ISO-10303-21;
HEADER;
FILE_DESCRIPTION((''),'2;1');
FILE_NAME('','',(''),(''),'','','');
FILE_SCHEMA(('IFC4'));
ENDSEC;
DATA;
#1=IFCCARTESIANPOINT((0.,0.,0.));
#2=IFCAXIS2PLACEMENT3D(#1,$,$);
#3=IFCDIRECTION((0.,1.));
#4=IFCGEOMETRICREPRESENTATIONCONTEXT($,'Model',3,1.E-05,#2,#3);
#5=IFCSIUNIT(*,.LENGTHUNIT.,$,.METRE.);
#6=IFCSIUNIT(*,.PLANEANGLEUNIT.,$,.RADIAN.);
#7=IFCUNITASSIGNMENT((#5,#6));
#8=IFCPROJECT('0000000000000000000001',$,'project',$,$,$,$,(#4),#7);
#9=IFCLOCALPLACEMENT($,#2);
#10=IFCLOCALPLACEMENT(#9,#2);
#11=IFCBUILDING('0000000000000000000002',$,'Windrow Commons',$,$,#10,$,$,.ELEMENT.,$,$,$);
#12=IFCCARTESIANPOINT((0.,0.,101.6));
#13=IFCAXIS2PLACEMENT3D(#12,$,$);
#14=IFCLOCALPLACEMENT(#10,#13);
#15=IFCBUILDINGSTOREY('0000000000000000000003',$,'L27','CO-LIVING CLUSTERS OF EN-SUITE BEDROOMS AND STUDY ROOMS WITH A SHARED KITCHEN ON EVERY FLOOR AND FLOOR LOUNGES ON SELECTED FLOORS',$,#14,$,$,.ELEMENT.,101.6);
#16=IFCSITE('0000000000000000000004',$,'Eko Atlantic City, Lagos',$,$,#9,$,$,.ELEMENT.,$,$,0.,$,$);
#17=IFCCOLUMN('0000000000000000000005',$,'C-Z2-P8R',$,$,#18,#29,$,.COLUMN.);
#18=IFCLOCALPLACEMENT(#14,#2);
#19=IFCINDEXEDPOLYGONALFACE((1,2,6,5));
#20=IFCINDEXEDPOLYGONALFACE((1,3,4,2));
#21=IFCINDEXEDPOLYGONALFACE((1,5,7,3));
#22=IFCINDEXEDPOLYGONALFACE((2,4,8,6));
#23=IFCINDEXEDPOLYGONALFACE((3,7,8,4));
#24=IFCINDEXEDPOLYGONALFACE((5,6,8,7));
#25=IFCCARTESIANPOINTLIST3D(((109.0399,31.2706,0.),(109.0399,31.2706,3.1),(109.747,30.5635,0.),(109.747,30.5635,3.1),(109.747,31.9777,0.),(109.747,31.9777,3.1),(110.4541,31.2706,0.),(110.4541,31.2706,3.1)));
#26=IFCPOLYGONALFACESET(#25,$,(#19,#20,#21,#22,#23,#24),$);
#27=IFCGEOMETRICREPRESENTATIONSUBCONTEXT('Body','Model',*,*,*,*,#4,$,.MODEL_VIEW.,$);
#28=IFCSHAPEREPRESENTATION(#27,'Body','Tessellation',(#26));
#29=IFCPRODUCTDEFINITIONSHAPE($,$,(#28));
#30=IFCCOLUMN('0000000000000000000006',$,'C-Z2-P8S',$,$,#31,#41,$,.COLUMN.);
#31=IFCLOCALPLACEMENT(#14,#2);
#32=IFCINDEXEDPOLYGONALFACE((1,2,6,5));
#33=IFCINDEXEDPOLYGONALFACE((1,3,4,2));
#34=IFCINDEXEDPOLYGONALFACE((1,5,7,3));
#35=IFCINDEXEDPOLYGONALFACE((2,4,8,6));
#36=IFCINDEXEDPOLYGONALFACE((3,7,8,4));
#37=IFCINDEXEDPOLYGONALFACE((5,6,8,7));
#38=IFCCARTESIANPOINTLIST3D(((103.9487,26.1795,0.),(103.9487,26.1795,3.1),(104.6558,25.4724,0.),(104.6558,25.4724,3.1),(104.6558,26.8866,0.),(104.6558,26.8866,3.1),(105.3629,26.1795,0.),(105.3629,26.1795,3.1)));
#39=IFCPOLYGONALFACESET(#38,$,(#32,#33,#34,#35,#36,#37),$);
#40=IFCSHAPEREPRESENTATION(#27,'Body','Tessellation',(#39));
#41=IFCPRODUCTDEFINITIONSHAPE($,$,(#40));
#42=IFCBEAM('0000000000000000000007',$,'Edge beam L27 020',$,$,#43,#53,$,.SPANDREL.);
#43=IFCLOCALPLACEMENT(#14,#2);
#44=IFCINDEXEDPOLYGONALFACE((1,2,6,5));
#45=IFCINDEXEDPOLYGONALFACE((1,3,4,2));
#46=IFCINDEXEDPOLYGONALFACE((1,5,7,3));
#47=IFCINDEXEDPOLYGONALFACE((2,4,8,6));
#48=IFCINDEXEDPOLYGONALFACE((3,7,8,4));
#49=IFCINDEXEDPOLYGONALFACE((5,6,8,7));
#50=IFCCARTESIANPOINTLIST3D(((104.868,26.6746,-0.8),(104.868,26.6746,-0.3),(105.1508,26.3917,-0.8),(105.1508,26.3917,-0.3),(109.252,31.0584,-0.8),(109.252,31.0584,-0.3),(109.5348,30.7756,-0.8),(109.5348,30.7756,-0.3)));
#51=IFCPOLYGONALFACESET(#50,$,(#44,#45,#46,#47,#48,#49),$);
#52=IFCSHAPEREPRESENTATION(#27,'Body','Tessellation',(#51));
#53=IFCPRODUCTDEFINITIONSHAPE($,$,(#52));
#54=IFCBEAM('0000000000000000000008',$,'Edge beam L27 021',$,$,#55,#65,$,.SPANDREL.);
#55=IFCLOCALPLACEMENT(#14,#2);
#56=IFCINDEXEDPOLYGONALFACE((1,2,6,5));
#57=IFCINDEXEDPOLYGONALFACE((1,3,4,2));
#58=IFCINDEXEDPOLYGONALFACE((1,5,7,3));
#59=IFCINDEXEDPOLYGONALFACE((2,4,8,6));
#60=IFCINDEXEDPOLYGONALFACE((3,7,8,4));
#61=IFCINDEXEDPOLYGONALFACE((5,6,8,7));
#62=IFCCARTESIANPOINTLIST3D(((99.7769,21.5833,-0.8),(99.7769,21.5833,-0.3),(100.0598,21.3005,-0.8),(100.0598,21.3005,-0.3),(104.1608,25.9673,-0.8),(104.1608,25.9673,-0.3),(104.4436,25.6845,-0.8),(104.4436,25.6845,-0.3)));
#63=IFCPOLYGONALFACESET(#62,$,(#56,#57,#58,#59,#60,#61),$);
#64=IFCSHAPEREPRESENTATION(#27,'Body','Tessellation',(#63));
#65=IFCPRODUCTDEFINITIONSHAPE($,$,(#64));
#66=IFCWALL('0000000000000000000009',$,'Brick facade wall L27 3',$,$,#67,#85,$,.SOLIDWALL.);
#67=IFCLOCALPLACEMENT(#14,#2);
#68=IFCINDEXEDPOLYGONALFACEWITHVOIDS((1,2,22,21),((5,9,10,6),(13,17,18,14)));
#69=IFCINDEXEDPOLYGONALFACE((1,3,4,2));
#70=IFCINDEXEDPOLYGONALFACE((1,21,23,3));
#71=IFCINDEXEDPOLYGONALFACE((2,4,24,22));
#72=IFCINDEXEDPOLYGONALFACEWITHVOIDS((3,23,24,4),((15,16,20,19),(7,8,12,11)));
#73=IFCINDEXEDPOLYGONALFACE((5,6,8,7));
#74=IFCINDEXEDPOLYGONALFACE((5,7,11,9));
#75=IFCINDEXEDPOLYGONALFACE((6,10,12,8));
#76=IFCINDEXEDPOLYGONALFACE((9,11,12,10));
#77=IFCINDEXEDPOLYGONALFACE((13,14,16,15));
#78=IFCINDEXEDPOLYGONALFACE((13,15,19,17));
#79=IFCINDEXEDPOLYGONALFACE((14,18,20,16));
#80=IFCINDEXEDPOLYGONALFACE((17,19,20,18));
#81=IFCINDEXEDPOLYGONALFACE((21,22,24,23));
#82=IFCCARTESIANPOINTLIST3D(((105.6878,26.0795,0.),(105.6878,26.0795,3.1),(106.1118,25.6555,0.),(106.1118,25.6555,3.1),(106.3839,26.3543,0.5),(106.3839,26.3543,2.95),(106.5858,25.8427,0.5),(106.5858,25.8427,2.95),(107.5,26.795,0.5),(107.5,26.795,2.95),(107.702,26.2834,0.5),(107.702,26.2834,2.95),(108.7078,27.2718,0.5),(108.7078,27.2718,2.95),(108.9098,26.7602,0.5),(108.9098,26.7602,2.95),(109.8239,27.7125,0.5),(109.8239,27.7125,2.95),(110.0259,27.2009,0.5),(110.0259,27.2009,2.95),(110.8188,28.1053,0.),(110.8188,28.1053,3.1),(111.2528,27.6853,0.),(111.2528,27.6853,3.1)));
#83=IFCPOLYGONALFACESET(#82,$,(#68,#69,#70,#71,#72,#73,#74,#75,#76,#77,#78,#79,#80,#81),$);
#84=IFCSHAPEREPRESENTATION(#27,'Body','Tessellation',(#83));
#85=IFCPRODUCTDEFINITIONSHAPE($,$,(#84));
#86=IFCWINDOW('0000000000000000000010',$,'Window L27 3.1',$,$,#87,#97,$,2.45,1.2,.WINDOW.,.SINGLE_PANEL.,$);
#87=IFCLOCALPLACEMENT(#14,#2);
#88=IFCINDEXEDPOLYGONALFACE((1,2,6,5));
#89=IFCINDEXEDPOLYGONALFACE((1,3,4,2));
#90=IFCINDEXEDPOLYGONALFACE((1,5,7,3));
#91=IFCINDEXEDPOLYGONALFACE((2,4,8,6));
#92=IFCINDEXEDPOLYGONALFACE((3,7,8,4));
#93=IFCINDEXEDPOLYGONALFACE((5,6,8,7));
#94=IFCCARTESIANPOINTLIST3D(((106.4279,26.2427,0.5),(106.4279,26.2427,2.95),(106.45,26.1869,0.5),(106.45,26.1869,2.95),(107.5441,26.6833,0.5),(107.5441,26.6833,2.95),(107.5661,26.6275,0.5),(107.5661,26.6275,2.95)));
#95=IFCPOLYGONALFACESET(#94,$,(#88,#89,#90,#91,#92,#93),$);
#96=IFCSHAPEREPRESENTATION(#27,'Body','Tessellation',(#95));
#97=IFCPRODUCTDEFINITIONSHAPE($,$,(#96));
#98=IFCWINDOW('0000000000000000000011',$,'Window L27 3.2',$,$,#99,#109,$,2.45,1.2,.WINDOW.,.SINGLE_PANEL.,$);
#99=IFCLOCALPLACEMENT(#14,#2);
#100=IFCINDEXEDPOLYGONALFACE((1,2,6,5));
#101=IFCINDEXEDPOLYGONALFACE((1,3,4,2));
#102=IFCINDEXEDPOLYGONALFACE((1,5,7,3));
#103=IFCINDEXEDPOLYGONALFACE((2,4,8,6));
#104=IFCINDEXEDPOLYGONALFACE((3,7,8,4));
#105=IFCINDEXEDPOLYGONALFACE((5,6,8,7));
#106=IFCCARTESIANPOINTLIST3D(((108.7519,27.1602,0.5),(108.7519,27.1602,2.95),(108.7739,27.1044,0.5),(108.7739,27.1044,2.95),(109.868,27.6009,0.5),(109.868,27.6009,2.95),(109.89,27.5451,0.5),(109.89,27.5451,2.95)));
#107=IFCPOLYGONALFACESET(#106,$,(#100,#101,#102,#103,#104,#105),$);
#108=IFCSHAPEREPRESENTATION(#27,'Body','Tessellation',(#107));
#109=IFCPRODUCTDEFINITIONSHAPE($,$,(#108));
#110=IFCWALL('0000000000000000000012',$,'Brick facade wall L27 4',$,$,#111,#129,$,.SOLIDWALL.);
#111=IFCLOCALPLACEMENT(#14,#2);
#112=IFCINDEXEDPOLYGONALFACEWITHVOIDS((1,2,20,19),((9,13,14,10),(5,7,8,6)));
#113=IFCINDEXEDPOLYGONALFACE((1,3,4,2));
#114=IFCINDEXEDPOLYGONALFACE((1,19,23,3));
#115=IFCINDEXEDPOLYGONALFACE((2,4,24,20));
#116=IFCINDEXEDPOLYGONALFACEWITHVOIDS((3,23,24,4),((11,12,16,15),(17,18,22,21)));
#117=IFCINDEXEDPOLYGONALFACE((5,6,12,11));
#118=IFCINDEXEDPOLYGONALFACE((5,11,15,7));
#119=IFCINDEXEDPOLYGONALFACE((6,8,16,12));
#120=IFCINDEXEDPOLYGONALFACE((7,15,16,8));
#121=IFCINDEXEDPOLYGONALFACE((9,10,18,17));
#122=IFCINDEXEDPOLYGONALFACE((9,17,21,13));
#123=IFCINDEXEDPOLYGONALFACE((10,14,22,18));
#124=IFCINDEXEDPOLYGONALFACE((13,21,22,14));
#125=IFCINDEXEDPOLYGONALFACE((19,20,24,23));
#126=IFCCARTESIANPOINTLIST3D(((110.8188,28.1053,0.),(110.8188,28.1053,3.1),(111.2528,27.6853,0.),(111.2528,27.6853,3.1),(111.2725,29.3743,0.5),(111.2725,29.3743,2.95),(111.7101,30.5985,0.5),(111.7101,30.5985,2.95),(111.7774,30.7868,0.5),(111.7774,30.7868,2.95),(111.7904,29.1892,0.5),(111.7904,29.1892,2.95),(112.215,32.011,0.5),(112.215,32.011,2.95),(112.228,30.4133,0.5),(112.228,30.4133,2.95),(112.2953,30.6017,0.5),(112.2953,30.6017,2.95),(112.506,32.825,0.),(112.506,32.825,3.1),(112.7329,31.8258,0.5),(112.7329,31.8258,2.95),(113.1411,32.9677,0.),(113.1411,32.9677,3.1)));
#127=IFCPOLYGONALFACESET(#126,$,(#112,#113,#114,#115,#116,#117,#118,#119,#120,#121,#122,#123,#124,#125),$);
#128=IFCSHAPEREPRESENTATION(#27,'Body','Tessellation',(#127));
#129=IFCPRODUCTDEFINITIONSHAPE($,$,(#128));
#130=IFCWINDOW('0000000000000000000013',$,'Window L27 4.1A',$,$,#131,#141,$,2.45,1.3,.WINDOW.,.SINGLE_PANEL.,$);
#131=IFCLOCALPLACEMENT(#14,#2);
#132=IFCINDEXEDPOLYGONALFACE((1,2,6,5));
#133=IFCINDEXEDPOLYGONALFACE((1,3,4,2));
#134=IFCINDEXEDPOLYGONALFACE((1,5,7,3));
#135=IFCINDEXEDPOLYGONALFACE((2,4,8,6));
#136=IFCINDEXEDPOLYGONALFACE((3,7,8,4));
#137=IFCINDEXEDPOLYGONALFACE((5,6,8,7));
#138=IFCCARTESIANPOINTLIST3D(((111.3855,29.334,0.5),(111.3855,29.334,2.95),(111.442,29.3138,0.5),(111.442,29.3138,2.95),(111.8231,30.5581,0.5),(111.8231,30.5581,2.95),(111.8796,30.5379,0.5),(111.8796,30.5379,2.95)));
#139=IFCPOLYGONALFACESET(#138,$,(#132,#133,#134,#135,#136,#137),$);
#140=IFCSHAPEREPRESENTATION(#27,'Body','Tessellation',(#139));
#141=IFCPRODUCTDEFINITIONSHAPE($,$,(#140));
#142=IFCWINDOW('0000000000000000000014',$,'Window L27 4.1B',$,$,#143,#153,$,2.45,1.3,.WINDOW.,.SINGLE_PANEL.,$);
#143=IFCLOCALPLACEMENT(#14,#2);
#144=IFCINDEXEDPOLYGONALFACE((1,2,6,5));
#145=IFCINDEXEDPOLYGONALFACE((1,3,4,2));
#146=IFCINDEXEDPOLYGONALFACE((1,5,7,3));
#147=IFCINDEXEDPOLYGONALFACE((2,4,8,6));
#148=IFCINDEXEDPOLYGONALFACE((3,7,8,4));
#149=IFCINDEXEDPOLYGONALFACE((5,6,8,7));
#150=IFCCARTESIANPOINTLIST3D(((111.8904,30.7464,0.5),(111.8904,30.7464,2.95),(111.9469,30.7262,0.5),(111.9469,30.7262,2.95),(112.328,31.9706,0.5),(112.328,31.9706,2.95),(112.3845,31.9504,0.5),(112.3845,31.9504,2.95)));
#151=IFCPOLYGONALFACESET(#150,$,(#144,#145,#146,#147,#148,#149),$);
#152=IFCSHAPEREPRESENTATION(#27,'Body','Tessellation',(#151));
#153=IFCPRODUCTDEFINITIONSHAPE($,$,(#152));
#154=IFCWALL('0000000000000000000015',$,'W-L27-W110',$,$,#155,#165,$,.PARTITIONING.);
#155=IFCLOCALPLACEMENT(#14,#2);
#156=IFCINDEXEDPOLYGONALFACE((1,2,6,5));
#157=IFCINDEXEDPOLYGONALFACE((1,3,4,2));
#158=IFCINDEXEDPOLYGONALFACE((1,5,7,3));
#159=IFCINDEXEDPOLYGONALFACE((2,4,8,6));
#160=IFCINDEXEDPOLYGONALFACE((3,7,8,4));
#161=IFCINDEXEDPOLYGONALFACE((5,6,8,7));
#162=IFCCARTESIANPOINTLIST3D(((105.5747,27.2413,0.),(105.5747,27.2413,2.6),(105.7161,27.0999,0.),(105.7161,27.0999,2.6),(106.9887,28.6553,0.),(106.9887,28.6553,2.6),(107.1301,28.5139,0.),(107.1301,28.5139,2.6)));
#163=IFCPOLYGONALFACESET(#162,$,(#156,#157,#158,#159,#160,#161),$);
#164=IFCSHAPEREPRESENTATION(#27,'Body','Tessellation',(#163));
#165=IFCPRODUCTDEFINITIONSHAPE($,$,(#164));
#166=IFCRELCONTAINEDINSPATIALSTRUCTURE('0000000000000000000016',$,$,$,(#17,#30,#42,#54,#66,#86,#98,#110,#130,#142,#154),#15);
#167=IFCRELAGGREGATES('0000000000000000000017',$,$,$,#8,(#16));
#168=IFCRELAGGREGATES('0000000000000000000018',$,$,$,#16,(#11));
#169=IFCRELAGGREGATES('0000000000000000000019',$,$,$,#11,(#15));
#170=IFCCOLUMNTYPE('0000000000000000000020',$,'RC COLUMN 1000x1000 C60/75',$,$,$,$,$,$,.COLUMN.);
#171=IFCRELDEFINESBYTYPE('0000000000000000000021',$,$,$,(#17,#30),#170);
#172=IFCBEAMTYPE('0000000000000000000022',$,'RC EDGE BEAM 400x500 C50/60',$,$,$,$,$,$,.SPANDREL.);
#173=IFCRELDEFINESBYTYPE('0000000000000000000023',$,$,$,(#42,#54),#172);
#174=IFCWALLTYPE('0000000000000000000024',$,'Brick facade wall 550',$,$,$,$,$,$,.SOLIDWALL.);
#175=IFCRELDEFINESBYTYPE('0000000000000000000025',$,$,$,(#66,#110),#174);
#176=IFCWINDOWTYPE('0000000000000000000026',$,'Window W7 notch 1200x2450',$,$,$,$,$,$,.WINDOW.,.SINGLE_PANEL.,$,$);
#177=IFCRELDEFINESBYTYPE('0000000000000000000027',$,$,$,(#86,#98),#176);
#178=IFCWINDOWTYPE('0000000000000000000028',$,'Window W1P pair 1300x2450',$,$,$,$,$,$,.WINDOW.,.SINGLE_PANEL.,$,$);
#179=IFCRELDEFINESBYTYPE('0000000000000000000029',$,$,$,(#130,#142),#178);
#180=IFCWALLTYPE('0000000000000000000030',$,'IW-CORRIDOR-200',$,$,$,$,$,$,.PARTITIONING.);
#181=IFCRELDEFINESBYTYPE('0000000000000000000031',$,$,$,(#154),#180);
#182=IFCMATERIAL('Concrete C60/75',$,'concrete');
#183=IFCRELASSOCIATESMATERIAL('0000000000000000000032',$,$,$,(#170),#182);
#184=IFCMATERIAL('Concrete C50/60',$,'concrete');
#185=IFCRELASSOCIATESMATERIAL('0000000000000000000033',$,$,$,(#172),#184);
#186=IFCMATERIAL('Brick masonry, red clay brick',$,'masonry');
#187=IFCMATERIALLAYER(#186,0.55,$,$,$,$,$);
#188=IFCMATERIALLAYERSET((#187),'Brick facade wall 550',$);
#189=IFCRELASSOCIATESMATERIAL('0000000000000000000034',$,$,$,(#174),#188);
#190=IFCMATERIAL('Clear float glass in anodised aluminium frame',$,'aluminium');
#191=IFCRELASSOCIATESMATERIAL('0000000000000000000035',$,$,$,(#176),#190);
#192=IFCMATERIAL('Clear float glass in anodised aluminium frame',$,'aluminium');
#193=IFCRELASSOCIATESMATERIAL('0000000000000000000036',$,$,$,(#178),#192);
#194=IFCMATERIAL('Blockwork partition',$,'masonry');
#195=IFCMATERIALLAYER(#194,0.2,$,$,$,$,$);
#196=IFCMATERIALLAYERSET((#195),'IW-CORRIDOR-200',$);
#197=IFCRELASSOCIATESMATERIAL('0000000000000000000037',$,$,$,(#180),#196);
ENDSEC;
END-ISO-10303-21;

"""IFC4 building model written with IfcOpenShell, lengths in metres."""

from ifc_helpers import new_model, si_unit, direction, frame, frame_2d, origin, origin_2d, place, context, subcontext, project, spatial, polyline, rectangle, outline, extrude, material, layer, layer_set, material_profile, profile_set, type_object, element, fill, save


model = new_model("IFC4")

# Units and contexts
model_context = context("Model", 3, precision=1e-05, world=origin(), true_north=direction((0.0, 1.0)))
body_context = subcontext(model_context, "Body", "Model", "MODEL_VIEW")
ifc_project = project(units=[si_unit("LENGTHUNIT", "METRE"), si_unit("PLANEANGLEUNIT", "RADIAN")], contexts=[model_context])

# Site, building, storey
site_placement = place(None, origin())
site = spatial("IfcSite", under=ifc_project, at=site_placement, Name="Eko Atlantic City, Lagos", CompositionType="ELEMENT", RefElevation=0.0)
building_placement = place(site_placement, origin())
building = spatial("IfcBuilding", under=site, at=building_placement, Name="Windrow Commons", CompositionType="ELEMENT")
storey_placement = place(building_placement, frame((0.0, 0.0, 101.6)))
storey = spatial("IfcBuildingStorey", under=building, at=storey_placement, Name="L27", Description="CO-LIVING CLUSTERS OF EN-SUITE BEDROOMS AND STUDY ROOMS WITH A SHARED KITCHEN ON EVERY FLOOR AND FLOOR LOUNGES ON SELECTED FLOORS", CompositionType="ELEMENT", Elevation=101.6)

# Columns
ifc_material_1 = material(Name="Concrete C60/75", Category="concrete")
ifc_material_profile_1 = material_profile(ifc_material_1, rectangle(XDim=1.0, YDim=1.0, at=origin_2d()))
ifc_profile_set_1 = profile_set([ifc_material_profile_1], Name="Concrete C60/75")
column_type = type_object("IfcColumnType", Name="RC COLUMN 1000x1000 C60/75", PredefinedType="COLUMN", material=ifc_profile_set_1)
for number, where, z_axis, x_axis, name in (
    (1, (109.747, 31.2706, 0.0), (0.0, 0.0, 1.0), (0.707107, -0.707107, 0.0), "C-Z2-P8R"),
    (2, (104.6558, 26.1795, 0.0), (0.0, 0.0, 1.0), (0.707107, -0.707107, 0.0), "C-Z2-P8S"),
):
    element("IfcColumn", number, at=place(storey_placement, frame(where, z_axis=z_axis, x_axis=x_axis)), inside=storey, type_object=column_type, Name=name, PredefinedType="COLUMN", context=body_context, shape_type="SweptSolid", body=[
        extrude(rectangle(XDim=1.0, YDim=1.0, at=origin_2d()), origin(), (0.0, 0.0, 1.0), 3.1),
    ])

# Beams
ifc_material_2 = material(Name="Concrete C50/60", Category="concrete")
ifc_material_profile_2 = material_profile(ifc_material_2, rectangle(XDim=0.4, YDim=0.5, at=origin_2d()))
ifc_profile_set_2 = profile_set([ifc_material_profile_2], Name="Concrete C50/60")
beam_type = type_object("IfcBeamType", Name="RC EDGE BEAM 400x500 C50/60", PredefinedType="SPANDREL", material=ifc_profile_set_2)
for number, where, z_axis, x_axis, name in (
    (3, (109.3934, 30.917, -0.55), (-0.707115, -0.707099, 0.0), (0.707099, -0.707115, 0.0), "Edge beam L27 020"),
    (4, (104.3022, 25.8259, -0.55), (-0.707099, -0.707115, 0.0), (0.707115, -0.707099, 0.0), "Edge beam L27 021"),
):
    element("IfcBeam", number, at=place(storey_placement, frame(where, z_axis=z_axis, x_axis=x_axis)), inside=storey, type_object=beam_type, Name=name, PredefinedType="SPANDREL", context=body_context, shape_type="SweptSolid", body=[
        extrude(rectangle(XDim=0.4, YDim=0.5, at=origin_2d()), origin(), (0.0, 0.0, 1.0), 6.1998),
    ])

# Walls, openings, windows
ifc_material_3 = material(Name="Brick masonry, red clay brick", Category="masonry")
ifc_layer_1 = layer(ifc_material_3, 0.55)
ifc_layer_set_1 = layer_set([ifc_layer_1], Name="Brick facade wall 550")
wall_type_1 = type_object("IfcWallType", Name="Brick facade wall 550", PredefinedType="SOLIDWALL", material=ifc_layer_set_1)
wall_1_placement = place(storey_placement, frame((105.8998, 25.8675, 0.0), z_axis=(0.0, 0.0, 1.0), x_axis=(0.930129, 0.367234, 0.0)))
wall_1 = element("IfcWall", 5, at=wall_1_placement, inside=storey, type_object=wall_type_1, Name="Brick facade wall L27 3", PredefinedType="SOLIDWALL", context=body_context, shape_type="SweptSolid", body=[
    extrude(outline(polyline([(0.1193, -0.275), (5.6465, -0.275), (5.3971, 0.275), (-0.1193, 0.275), (0.1193, -0.275)])), origin(), (0.0, 0.0, 1.0), 3.1),
])
opening_1_placement = place(wall_1_placement, frame((0.629, 0.0, 0.5)))
opening_1 = element("IfcOpeningElement", 6, at=opening_1_placement, cuts=wall_1, PredefinedType="OPENING", context=body_context, shape_type="SweptSolid", body=[
    extrude(rectangle(XDim=1.2, YDim=2.45, at=frame_2d((0.6, 1.225))), frame((0.0, 0.285, 0.0), z_axis=(0.0, -1.0, 0.0), x_axis=(1.0, 0.0, 0.0)), (0.0, 0.0, 1.0), 0.57),
])
opening_2_placement = place(wall_1_placement, frame((3.1275, 0.0, 0.5)))
opening_2 = element("IfcOpeningElement", 7, at=opening_2_placement, cuts=wall_1, PredefinedType="OPENING", context=body_context, shape_type="SweptSolid", body=[
    extrude(rectangle(XDim=1.2, YDim=2.45, at=frame_2d((0.6, 1.225))), frame((0.0, 0.285, 0.0), z_axis=(0.0, -1.0, 0.0), x_axis=(1.0, 0.0, 0.0)), (0.0, 0.0, 1.0), 0.57),
])
ifc_material_4 = material(Name="Clear float glass in anodised aluminium frame", Category="aluminium")
window_type_1 = type_object("IfcWindowType", Name="Window W7 notch 1200x2450", PartitioningType="SINGLE_PANEL", PredefinedType="WINDOW", material=ifc_material_4)
window_1_placement = place(opening_1_placement, origin())
window_1 = element("IfcWindow", 8, at=window_1_placement, inside=storey, type_object=window_type_1, Name="Window L27 3.1", OverallHeight=2.45, OverallWidth=1.2, PartitioningType="SINGLE_PANEL", PredefinedType="WINDOW", context=body_context, shape_type="SweptSolid", body=[
    extrude(rectangle(XDim=1.2, YDim=2.45, at=frame_2d((0.6, 1.225))), frame((0.0, 0.155, 0.0), z_axis=(0.0, -1.0, 0.0), x_axis=(1.0, 0.0, 0.0)), (0.0, 0.0, 1.0), 0.06),
])
fill(opening_1, window_1)
window_2_placement = place(opening_2_placement, origin())
window_2 = element("IfcWindow", 9, at=window_2_placement, inside=storey, type_object=window_type_1, Name="Window L27 3.2", OverallHeight=2.45, OverallWidth=1.2, PartitioningType="SINGLE_PANEL", PredefinedType="WINDOW", context=body_context, shape_type="SweptSolid", body=[
    extrude(rectangle(XDim=1.2, YDim=2.45, at=frame_2d((0.6, 1.225))), frame((0.0, 0.155, 0.0), z_axis=(0.0, -1.0, 0.0), x_axis=(1.0, 0.0, 0.0)), (0.0, 0.0, 1.0), 0.06),
])
fill(opening_2, window_2)
wall_2_placement = place(storey_placement, frame((111.0358, 27.8953, 0.0), z_axis=(0.0, 0.0, 1.0), x_axis=(0.336608, 0.941645, 0.0)))
wall_2 = element("IfcWall", 10, at=wall_2_placement, inside=storey, type_object=wall_type_1, Name="Brick facade wall L27 4", PredefinedType="SOLIDWALL", context=body_context, shape_type="SweptSolid", body=[
    extrude(outline(polyline([(-0.1247, -0.275), (5.4851, -0.275), (5.1369, 0.275), (0.1247, 0.275), (-0.1247, -0.275)])), origin(), (0.0, 0.0, 1.0), 3.1),
])
opening_3_placement = place(wall_2_placement, frame((1.4724, 0.0, 0.5)))
opening_3 = element("IfcOpeningElement", 11, at=opening_3_placement, cuts=wall_2, PredefinedType="OPENING", context=body_context, shape_type="SweptSolid", body=[
    extrude(rectangle(XDim=1.3, YDim=2.45, at=frame_2d((0.65, 1.225))), frame((0.0, 0.285, 0.0), z_axis=(0.0, -1.0, 0.0), x_axis=(1.0, 0.0, 0.0)), (0.0, 0.0, 1.0), 0.57),
])
opening_4_placement = place(wall_2_placement, frame((2.9724, 0.0, 0.5)))
opening_4 = element("IfcOpeningElement", 12, at=opening_4_placement, cuts=wall_2, PredefinedType="OPENING", context=body_context, shape_type="SweptSolid", body=[
    extrude(rectangle(XDim=1.3, YDim=2.45, at=frame_2d((0.65, 1.225))), frame((0.0, 0.285, 0.0), z_axis=(0.0, -1.0, 0.0), x_axis=(1.0, 0.0, 0.0)), (0.0, 0.0, 1.0), 0.57),
])
ifc_material_5 = material(Name="Clear float glass in anodised aluminium frame", Category="aluminium")
window_type_2 = type_object("IfcWindowType", Name="Window W1P pair 1300x2450", PartitioningType="SINGLE_PANEL", PredefinedType="WINDOW", material=ifc_material_5)
window_3_placement = place(opening_3_placement, origin())
window_3 = element("IfcWindow", 13, at=window_3_placement, inside=storey, type_object=window_type_2, Name="Window L27 4.1A", OverallHeight=2.45, OverallWidth=1.3, PartitioningType="SINGLE_PANEL", PredefinedType="WINDOW", context=body_context, shape_type="SweptSolid", body=[
    extrude(rectangle(XDim=1.3, YDim=2.45, at=frame_2d((0.65, 1.225))), frame((0.0, 0.155, 0.0), z_axis=(0.0, -1.0, 0.0), x_axis=(1.0, 0.0, 0.0)), (0.0, 0.0, 1.0), 0.06),
])
fill(opening_3, window_3)
window_4_placement = place(opening_4_placement, origin())
window_4 = element("IfcWindow", 14, at=window_4_placement, inside=storey, type_object=window_type_2, Name="Window L27 4.1B", OverallHeight=2.45, OverallWidth=1.3, PartitioningType="SINGLE_PANEL", PredefinedType="WINDOW", context=body_context, shape_type="SweptSolid", body=[
    extrude(rectangle(XDim=1.3, YDim=2.45, at=frame_2d((0.65, 1.225))), frame((0.0, 0.155, 0.0), z_axis=(0.0, -1.0, 0.0), x_axis=(1.0, 0.0, 0.0)), (0.0, 0.0, 1.0), 0.06),
])
fill(opening_4, window_4)

# Wall
ifc_material_6 = material(Name="Blockwork partition", Category="masonry")
ifc_layer_2 = layer(ifc_material_6, 0.2)
ifc_layer_set_2 = layer_set([ifc_layer_2], Name="IW-CORRIDOR-200")
wall_type_2 = type_object("IfcWallType", Name="IW-CORRIDOR-200", PredefinedType="PARTITIONING", material=ifc_layer_set_2)
wall_3_placement = place(storey_placement, frame((105.6454, 27.1706, 0.0), z_axis=(0.0, 0.0, 1.0), x_axis=(0.707107, 0.707107, 0.0)))
element("IfcWall", 15, at=wall_3_placement, inside=storey, type_object=wall_type_2, Name="W-L27-W110", PredefinedType="PARTITIONING", context=body_context, shape_type="SweptSolid", body=[
    extrude(rectangle(XDim=1.9997, YDim=0.2, at=frame_2d((0.9999, 0.0))), origin(), (0.0, 0.0, 1.0), 2.6),
])

save(model, "model.ifc")
